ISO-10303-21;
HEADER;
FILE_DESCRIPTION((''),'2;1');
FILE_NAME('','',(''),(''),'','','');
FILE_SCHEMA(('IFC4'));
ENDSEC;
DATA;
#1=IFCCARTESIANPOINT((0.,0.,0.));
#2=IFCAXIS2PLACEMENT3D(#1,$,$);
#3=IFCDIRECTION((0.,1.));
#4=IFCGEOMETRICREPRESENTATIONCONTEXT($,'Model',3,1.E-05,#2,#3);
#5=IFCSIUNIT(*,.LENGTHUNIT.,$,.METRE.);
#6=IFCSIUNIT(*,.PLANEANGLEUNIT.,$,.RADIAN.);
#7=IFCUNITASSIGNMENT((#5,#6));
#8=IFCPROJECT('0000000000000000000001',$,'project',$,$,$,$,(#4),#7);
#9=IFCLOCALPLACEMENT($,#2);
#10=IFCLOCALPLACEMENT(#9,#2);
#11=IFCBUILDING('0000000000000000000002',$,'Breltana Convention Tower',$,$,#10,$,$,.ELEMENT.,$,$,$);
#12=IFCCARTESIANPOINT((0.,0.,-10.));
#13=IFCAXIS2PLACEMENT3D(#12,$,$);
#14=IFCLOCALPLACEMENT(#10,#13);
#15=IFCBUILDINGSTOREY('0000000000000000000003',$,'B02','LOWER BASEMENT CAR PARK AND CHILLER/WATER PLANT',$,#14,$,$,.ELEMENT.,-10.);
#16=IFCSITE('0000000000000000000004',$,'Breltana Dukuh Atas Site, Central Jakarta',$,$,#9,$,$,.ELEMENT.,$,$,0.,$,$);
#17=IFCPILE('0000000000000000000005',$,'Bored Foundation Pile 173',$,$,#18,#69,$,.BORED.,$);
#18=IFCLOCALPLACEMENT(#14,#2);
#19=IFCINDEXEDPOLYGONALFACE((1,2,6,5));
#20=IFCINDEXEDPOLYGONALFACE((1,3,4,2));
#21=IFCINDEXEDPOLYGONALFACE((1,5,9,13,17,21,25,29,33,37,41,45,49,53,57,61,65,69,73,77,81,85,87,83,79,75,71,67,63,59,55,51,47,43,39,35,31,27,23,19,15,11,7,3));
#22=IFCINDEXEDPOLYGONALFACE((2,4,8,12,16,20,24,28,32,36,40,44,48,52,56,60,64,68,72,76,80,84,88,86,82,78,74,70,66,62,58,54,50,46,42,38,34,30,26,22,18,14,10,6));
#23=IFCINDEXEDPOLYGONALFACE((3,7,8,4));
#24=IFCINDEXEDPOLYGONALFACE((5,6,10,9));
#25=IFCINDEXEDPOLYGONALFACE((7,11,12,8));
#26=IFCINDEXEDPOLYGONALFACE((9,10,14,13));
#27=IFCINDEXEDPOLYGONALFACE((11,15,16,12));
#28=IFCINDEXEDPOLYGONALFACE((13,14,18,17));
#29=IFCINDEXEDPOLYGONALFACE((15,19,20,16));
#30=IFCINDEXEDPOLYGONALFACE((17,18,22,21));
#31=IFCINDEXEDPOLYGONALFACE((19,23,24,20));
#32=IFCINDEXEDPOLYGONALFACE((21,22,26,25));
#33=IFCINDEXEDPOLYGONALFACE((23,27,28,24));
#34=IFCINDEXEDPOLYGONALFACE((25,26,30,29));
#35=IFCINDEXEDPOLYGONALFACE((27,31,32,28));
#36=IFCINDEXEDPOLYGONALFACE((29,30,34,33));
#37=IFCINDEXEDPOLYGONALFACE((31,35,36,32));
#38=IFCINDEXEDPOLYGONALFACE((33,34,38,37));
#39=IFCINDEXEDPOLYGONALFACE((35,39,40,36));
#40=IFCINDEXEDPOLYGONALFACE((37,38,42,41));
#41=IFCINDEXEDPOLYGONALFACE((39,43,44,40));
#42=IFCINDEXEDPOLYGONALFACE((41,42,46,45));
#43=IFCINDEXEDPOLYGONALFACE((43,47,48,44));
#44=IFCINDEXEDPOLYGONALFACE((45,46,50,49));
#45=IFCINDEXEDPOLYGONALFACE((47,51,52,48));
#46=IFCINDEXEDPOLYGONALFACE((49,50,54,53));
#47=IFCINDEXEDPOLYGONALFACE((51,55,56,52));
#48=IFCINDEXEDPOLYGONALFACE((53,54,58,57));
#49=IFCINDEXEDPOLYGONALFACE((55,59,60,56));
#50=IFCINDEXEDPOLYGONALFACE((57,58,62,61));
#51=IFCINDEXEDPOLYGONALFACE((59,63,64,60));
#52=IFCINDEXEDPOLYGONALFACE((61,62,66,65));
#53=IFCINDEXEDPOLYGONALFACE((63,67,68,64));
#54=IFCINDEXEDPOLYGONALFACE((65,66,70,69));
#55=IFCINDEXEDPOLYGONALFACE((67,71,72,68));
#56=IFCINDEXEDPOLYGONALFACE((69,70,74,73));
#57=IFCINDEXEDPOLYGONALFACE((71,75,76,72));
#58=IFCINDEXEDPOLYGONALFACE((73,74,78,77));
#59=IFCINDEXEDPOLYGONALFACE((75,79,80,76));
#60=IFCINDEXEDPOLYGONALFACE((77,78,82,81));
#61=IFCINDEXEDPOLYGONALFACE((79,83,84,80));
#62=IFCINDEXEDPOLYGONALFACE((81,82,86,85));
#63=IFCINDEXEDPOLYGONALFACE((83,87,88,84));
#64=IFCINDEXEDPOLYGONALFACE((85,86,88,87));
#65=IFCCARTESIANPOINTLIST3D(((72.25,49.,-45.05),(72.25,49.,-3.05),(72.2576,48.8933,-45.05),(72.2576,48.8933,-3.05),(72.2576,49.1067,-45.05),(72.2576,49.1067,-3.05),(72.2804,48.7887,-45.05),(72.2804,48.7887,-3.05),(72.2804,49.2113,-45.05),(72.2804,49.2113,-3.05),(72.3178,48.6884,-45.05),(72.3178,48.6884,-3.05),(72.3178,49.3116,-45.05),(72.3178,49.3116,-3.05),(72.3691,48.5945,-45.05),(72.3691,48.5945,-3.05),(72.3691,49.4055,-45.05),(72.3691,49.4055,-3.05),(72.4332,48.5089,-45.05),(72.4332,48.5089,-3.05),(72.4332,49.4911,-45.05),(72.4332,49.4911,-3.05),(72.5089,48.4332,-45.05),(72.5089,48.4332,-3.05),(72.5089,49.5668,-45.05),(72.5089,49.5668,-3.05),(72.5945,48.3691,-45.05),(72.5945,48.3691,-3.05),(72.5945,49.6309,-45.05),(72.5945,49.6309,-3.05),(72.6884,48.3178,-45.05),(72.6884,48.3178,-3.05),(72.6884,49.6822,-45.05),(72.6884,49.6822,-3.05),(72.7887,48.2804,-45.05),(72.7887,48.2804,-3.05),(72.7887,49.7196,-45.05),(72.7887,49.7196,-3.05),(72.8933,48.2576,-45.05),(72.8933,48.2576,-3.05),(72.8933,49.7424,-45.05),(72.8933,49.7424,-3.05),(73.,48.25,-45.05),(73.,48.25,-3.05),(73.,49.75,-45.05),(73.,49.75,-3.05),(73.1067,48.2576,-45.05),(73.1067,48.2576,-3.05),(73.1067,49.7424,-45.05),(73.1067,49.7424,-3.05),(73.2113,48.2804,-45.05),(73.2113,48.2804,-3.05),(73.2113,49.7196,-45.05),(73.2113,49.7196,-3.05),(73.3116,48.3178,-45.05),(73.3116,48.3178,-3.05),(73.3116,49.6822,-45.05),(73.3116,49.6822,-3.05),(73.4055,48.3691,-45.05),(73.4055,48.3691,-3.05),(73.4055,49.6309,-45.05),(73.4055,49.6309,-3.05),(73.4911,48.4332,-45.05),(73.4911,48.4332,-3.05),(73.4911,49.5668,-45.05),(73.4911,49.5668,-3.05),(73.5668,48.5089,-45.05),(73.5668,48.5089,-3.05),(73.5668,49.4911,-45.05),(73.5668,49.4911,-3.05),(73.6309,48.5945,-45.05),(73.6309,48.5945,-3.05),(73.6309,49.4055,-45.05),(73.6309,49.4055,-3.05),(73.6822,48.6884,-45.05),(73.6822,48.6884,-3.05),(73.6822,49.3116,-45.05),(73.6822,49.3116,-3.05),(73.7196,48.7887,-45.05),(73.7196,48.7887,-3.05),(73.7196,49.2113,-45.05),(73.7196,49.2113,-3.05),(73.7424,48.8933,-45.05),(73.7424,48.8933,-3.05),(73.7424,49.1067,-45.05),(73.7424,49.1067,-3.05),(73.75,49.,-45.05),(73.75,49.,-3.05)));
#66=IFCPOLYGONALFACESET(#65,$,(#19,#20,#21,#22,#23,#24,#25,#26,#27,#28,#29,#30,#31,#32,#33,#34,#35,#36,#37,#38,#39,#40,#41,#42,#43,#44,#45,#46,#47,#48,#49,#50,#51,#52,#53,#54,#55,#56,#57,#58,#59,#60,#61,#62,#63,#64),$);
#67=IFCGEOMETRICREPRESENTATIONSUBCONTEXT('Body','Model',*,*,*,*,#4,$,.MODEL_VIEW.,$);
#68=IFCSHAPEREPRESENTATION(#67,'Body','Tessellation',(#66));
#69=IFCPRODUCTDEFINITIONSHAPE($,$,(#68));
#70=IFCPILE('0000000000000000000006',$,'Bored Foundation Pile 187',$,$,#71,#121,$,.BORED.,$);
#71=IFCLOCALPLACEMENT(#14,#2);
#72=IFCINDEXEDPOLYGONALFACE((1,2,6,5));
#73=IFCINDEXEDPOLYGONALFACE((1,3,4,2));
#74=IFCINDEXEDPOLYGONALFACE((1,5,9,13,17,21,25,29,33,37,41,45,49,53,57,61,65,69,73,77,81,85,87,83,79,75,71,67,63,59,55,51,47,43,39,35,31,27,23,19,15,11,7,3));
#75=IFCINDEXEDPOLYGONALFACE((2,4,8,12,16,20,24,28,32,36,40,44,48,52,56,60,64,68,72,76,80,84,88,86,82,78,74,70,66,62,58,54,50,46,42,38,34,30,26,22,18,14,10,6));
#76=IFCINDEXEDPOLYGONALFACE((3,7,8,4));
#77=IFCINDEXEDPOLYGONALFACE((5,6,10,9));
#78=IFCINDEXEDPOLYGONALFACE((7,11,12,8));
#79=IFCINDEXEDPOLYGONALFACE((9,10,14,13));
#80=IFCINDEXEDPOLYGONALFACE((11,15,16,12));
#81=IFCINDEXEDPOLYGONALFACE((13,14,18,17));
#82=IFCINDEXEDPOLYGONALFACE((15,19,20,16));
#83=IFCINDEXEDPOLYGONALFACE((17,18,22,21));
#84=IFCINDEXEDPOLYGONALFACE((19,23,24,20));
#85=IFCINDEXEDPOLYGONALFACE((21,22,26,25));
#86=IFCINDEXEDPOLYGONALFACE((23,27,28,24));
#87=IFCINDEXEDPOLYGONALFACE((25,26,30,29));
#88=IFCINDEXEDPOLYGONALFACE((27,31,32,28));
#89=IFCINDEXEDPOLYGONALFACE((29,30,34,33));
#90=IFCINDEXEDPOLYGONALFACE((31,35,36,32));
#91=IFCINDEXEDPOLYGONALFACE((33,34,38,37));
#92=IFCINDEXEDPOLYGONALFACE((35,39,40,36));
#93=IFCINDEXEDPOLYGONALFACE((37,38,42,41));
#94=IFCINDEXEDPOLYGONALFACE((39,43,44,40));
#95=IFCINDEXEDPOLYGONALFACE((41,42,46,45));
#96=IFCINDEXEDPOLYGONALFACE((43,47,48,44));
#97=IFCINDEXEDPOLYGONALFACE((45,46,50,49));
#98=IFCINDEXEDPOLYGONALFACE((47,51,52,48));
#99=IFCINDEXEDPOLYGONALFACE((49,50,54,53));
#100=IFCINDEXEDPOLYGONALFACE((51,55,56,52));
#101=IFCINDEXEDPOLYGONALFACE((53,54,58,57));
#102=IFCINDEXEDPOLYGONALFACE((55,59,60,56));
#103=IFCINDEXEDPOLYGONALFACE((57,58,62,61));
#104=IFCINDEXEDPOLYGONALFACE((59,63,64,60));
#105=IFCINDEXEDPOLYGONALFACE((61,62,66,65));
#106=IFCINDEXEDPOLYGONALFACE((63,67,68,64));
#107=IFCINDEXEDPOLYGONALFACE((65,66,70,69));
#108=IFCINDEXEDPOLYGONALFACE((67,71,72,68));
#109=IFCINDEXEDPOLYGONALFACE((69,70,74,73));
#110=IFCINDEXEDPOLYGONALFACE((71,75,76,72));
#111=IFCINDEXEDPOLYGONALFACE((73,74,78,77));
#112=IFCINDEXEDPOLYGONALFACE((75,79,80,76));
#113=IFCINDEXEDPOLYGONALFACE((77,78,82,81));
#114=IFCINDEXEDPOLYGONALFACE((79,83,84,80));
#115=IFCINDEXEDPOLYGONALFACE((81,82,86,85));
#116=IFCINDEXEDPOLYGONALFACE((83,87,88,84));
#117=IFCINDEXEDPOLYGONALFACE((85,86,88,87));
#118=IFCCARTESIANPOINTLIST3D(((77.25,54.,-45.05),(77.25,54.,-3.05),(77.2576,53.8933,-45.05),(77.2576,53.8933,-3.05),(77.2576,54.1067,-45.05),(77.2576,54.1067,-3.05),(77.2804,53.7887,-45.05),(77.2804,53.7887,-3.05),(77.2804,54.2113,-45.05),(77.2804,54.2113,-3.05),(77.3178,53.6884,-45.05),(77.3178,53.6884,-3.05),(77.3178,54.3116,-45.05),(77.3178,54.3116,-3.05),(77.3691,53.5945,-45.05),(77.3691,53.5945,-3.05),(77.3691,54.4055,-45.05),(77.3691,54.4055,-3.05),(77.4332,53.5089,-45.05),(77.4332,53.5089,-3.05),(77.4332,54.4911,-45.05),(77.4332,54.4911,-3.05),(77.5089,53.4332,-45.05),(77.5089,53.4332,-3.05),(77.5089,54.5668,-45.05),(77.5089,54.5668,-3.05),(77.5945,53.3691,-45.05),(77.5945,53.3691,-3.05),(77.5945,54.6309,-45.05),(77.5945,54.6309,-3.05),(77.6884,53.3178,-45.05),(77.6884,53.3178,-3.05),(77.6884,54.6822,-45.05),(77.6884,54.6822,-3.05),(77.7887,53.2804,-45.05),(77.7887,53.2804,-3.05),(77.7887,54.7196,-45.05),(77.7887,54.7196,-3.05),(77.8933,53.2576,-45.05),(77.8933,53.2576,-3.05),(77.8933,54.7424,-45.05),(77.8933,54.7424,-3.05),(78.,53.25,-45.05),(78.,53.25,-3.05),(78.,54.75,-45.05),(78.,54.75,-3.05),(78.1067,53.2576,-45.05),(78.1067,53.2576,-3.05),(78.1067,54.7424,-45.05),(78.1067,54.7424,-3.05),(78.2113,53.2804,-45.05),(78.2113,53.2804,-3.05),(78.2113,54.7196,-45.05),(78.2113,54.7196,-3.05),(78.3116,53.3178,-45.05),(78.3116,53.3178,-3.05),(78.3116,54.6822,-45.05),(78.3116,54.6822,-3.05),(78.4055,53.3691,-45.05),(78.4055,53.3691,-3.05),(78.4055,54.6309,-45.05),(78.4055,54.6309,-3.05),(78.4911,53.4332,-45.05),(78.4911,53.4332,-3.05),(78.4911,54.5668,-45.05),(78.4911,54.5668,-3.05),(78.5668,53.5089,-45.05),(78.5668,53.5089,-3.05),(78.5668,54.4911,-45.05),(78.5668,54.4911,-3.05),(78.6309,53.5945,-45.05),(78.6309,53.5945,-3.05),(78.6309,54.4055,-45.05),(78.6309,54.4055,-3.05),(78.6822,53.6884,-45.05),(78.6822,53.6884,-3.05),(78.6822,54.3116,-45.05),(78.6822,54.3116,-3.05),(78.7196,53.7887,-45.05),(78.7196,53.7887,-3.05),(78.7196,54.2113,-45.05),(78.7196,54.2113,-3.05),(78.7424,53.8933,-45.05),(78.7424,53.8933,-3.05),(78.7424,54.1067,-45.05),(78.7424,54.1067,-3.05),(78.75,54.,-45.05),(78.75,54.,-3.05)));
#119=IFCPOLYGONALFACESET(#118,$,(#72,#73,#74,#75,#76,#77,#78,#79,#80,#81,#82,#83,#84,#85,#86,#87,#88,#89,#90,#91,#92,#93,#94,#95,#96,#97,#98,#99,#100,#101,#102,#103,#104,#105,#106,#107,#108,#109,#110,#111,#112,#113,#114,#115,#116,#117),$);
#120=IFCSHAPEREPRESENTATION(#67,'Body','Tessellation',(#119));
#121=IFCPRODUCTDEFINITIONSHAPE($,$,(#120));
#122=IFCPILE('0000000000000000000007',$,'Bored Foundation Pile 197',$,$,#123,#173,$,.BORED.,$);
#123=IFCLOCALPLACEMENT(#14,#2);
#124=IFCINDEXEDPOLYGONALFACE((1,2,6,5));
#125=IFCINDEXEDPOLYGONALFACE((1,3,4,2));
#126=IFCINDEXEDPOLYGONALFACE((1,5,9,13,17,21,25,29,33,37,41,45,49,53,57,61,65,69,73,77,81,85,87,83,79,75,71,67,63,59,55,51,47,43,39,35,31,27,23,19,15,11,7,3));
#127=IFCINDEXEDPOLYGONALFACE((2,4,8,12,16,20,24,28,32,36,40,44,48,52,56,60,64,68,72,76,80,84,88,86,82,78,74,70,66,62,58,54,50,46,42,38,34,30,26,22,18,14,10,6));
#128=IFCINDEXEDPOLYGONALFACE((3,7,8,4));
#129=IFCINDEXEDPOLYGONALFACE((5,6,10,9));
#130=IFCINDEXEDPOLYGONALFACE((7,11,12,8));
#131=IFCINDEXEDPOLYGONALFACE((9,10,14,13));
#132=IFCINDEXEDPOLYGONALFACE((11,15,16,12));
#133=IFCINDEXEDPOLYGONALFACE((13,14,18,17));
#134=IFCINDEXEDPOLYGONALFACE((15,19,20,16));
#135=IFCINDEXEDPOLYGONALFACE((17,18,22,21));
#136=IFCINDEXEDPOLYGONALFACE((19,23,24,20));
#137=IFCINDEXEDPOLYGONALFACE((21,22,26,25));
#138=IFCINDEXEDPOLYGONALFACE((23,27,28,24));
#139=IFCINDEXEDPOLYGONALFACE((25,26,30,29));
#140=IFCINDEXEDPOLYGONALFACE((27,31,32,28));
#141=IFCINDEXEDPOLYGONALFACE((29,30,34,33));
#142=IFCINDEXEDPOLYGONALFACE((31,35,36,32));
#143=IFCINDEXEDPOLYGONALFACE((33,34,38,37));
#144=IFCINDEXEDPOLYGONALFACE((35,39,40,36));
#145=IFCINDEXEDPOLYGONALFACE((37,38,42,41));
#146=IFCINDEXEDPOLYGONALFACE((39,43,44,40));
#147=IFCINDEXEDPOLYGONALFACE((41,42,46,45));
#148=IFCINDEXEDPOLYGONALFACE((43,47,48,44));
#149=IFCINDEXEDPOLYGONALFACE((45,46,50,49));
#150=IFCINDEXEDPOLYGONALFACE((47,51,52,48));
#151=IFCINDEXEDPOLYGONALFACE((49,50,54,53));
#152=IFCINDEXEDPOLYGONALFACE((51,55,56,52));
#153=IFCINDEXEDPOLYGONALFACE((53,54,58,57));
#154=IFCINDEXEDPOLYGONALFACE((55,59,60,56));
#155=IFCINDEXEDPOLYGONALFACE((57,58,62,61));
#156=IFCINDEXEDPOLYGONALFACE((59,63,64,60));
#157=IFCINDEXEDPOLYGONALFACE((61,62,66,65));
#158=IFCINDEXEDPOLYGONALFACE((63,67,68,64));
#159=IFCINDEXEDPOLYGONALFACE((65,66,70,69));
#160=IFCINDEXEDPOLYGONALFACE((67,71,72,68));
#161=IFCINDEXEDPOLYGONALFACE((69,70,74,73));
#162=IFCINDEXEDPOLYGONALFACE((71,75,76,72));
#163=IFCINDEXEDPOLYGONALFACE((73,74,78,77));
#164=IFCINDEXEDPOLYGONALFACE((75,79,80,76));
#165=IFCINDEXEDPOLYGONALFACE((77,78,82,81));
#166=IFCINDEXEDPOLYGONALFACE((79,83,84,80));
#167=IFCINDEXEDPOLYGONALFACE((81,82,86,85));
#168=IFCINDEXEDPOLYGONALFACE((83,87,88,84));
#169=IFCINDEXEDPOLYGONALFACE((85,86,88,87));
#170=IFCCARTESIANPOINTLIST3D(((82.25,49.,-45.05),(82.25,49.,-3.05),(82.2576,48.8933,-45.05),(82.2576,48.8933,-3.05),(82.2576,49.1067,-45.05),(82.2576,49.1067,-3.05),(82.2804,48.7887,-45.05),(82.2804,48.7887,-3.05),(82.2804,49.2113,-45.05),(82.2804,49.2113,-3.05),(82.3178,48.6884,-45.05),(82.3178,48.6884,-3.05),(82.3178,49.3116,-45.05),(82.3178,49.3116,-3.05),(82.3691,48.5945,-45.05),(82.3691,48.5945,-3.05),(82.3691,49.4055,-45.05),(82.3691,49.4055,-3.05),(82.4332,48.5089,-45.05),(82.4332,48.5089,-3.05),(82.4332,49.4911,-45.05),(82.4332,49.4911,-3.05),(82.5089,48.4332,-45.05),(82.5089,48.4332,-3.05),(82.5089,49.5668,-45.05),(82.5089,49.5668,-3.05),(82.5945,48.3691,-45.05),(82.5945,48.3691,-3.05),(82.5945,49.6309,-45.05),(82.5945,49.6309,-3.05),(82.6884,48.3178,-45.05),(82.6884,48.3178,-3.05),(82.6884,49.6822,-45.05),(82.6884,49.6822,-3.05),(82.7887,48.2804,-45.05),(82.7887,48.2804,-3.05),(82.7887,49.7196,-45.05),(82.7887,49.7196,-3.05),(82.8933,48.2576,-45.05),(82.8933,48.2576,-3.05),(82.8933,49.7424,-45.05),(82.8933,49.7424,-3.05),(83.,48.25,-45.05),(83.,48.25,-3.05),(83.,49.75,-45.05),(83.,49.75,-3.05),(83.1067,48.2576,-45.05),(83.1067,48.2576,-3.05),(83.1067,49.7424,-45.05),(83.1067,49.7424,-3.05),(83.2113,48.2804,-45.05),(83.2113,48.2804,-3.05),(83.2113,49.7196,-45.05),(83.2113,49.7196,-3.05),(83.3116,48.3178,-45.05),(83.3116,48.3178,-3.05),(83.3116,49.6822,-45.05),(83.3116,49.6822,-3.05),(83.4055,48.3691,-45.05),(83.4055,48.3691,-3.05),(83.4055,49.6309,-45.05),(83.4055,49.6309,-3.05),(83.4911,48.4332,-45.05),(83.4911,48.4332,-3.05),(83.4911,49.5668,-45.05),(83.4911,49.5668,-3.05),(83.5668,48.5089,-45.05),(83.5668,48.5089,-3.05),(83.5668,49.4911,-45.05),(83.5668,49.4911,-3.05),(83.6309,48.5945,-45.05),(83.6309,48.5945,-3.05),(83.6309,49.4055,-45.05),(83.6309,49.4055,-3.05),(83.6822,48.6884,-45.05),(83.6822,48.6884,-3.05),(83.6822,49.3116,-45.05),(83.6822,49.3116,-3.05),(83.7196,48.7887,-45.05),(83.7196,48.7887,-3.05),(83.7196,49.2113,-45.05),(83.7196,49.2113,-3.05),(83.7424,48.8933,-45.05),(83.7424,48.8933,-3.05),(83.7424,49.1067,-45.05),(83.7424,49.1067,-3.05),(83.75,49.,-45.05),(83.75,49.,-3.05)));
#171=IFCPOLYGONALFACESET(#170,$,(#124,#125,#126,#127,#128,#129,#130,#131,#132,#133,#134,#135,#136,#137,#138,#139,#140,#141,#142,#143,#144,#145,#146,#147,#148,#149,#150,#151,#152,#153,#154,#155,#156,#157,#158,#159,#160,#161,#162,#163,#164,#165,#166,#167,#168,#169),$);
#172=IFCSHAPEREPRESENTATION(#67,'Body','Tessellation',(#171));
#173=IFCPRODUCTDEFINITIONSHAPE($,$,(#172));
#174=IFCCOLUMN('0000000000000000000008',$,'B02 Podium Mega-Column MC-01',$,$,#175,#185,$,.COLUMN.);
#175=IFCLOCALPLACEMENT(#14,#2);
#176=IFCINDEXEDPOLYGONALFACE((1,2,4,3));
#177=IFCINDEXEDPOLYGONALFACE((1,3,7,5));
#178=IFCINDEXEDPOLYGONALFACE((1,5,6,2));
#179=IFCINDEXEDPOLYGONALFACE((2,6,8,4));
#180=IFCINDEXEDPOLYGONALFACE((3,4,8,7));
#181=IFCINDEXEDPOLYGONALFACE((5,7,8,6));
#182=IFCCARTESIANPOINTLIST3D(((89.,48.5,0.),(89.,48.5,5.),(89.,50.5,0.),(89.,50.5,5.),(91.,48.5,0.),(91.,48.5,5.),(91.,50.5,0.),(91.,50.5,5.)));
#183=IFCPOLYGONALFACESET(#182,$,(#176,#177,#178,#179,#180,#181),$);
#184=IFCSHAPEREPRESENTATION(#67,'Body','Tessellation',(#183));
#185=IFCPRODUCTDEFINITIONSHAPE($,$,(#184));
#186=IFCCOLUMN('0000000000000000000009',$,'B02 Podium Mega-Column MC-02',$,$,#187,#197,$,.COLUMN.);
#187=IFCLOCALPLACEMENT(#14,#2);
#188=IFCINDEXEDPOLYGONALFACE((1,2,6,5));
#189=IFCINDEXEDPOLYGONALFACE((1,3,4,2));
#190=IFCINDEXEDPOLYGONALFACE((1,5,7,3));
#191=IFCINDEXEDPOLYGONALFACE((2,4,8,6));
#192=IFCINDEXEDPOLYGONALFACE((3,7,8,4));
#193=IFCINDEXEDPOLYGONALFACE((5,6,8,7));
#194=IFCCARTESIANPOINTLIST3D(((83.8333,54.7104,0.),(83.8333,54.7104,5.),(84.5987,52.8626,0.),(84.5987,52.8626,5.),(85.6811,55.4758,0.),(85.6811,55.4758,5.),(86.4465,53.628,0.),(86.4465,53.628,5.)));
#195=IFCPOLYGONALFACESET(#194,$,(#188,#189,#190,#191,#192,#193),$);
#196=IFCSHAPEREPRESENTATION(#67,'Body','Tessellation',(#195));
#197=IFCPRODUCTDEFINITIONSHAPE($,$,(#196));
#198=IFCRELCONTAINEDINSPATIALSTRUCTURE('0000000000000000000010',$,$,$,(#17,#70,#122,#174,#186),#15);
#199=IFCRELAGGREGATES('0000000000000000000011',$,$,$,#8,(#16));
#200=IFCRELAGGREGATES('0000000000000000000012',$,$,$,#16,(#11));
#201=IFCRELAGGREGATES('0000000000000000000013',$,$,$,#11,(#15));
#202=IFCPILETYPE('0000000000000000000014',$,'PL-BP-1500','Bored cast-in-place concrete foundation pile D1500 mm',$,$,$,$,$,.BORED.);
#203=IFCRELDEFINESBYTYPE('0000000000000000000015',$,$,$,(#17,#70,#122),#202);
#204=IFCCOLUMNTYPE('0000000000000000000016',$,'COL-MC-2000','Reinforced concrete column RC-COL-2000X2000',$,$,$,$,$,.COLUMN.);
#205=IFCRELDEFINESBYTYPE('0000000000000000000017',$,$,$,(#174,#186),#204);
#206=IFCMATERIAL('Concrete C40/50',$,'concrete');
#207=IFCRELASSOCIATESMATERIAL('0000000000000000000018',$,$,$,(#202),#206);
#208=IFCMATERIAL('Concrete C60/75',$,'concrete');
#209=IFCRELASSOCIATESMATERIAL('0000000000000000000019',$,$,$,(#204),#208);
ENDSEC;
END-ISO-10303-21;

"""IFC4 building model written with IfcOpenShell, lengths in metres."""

from ifc_helpers import new_model, si_unit, direction, frame, origin, origin_2d, place, context, subcontext, project, spatial, rectangle, circle, extrude, source, transform, mapped, material, material_profile, profile_set, type_object, type_shapes, element, save


model = new_model("IFC4")

# Units and contexts
model_context = context("Model", 3, precision=1e-05, world=origin(), true_north=direction((0.0, 1.0)))
body_context = subcontext(model_context, "Body", "Model", "MODEL_VIEW")
ifc_project = project(units=[si_unit("LENGTHUNIT", "METRE"), si_unit("PLANEANGLEUNIT", "RADIAN")], contexts=[model_context])

# Site, building, storey
site_placement = place(None, origin())
site = spatial("IfcSite", under=ifc_project, at=site_placement, Name="Breltana Dukuh Atas Site, Central Jakarta", CompositionType="ELEMENT", RefElevation=0.0)
building_placement = place(site_placement, origin())
building = spatial("IfcBuilding", under=site, at=building_placement, Name="Breltana Convention Tower", CompositionType="ELEMENT")
storey_placement = place(building_placement, frame((0.0, 0.0, -10.0)))
storey = spatial("IfcBuildingStorey", under=building, at=storey_placement, Name="B02", Description="LOWER BASEMENT CAR PARK AND CHILLER/WATER PLANT", CompositionType="ELEMENT", Elevation=-10.0)

# Piles
ifc_material_1 = material(Name="Concrete C40/50", Category="concrete")
ifc_material_profile_1 = material_profile(ifc_material_1, circle(Radius=0.75, at=origin_2d()), Name="BP-D1500")
ifc_profile_set_1 = profile_set([ifc_material_profile_1], Name="Concrete C40/50")
pile_type_1 = type_object("IfcPileType", Name="PL-BP-1500", Description="Bored cast-in-place concrete foundation pile D1500 mm", PredefinedType="BORED", material=ifc_profile_set_1)
shared_shape_1 = source(origin(), body_context, "Body", "SweptSolid", [
    extrude(circle(Radius=0.75, at=origin_2d()), origin(), (0.0, 0.0, 1.0), 42.0),
])
type_shapes(pile_type_1, [shared_shape_1])
for number, where, z_axis, x_axis, name in (
    (1, (73.0, 49.0, -3.05), (0.0, 0.0, -1.0), (1.0, 0.0, 0.0), "Bored Foundation Pile 173"),
    (2, (78.0, 54.0, -3.05), (0.0, 0.0, -1.0), (1.0, 0.0, 0.0), "Bored Foundation Pile 187"),
    (3, (83.0, 49.0, -3.05), (0.0, 0.0, -1.0), (1.0, 0.0, 0.0), "Bored Foundation Pile 197"),
):
    element("IfcPile", number, at=place(storey_placement, frame(where, z_axis=z_axis, x_axis=x_axis)), inside=storey, type_object=pile_type_1, Name=name, PredefinedType="BORED", context=body_context, shape_type="MappedRepresentation", body=[
        mapped(shared_shape_1, transform((0.0, 0.0, 0.0), scale=1.0)),
    ])

# Columns
ifc_material_2 = material(Name="Concrete C60/75", Category="concrete")
ifc_material_profile_2 = material_profile(ifc_material_2, rectangle(XDim=2.0, YDim=2.0, at=origin_2d()), Name="RC-COL-2000X2000")
ifc_profile_set_2 = profile_set([ifc_material_profile_2], Name="Concrete C60/75")
column_type_1 = type_object("IfcColumnType", Name="COL-MC-2000", Description="Reinforced concrete column RC-COL-2000X2000", PredefinedType="COLUMN", material=ifc_profile_set_2)
shared_shape_2 = source(origin(), body_context, "Body", "SweptSolid", [
    extrude(rectangle(XDim=2.0, YDim=2.0, at=origin_2d()), origin(), (0.0, 0.0, 1.0), 5.0),
])
type_shapes(column_type_1, [shared_shape_2])
for number, where, z_axis, x_axis, name in (
    (4, (90.0, 49.5, 0.0), (0.0, 0.0, 1.0), (1.0, 0.0, 0.0), "B02 Podium Mega-Column MC-01"),
    (5, (85.1399, 54.1692, 0.0), (0.0, 0.0, 1.0), (0.92388, 0.382683, 0.0), "B02 Podium Mega-Column MC-02"),
):
    element("IfcColumn", number, at=place(storey_placement, frame(where, z_axis=z_axis, x_axis=x_axis)), inside=storey, type_object=column_type_1, Name=name, PredefinedType="COLUMN", context=body_context, shape_type="MappedRepresentation", body=[
        mapped(shared_shape_2, transform((0.0, 0.0, 0.0), scale=1.0)),
    ])

save(model, "model.ifc")
